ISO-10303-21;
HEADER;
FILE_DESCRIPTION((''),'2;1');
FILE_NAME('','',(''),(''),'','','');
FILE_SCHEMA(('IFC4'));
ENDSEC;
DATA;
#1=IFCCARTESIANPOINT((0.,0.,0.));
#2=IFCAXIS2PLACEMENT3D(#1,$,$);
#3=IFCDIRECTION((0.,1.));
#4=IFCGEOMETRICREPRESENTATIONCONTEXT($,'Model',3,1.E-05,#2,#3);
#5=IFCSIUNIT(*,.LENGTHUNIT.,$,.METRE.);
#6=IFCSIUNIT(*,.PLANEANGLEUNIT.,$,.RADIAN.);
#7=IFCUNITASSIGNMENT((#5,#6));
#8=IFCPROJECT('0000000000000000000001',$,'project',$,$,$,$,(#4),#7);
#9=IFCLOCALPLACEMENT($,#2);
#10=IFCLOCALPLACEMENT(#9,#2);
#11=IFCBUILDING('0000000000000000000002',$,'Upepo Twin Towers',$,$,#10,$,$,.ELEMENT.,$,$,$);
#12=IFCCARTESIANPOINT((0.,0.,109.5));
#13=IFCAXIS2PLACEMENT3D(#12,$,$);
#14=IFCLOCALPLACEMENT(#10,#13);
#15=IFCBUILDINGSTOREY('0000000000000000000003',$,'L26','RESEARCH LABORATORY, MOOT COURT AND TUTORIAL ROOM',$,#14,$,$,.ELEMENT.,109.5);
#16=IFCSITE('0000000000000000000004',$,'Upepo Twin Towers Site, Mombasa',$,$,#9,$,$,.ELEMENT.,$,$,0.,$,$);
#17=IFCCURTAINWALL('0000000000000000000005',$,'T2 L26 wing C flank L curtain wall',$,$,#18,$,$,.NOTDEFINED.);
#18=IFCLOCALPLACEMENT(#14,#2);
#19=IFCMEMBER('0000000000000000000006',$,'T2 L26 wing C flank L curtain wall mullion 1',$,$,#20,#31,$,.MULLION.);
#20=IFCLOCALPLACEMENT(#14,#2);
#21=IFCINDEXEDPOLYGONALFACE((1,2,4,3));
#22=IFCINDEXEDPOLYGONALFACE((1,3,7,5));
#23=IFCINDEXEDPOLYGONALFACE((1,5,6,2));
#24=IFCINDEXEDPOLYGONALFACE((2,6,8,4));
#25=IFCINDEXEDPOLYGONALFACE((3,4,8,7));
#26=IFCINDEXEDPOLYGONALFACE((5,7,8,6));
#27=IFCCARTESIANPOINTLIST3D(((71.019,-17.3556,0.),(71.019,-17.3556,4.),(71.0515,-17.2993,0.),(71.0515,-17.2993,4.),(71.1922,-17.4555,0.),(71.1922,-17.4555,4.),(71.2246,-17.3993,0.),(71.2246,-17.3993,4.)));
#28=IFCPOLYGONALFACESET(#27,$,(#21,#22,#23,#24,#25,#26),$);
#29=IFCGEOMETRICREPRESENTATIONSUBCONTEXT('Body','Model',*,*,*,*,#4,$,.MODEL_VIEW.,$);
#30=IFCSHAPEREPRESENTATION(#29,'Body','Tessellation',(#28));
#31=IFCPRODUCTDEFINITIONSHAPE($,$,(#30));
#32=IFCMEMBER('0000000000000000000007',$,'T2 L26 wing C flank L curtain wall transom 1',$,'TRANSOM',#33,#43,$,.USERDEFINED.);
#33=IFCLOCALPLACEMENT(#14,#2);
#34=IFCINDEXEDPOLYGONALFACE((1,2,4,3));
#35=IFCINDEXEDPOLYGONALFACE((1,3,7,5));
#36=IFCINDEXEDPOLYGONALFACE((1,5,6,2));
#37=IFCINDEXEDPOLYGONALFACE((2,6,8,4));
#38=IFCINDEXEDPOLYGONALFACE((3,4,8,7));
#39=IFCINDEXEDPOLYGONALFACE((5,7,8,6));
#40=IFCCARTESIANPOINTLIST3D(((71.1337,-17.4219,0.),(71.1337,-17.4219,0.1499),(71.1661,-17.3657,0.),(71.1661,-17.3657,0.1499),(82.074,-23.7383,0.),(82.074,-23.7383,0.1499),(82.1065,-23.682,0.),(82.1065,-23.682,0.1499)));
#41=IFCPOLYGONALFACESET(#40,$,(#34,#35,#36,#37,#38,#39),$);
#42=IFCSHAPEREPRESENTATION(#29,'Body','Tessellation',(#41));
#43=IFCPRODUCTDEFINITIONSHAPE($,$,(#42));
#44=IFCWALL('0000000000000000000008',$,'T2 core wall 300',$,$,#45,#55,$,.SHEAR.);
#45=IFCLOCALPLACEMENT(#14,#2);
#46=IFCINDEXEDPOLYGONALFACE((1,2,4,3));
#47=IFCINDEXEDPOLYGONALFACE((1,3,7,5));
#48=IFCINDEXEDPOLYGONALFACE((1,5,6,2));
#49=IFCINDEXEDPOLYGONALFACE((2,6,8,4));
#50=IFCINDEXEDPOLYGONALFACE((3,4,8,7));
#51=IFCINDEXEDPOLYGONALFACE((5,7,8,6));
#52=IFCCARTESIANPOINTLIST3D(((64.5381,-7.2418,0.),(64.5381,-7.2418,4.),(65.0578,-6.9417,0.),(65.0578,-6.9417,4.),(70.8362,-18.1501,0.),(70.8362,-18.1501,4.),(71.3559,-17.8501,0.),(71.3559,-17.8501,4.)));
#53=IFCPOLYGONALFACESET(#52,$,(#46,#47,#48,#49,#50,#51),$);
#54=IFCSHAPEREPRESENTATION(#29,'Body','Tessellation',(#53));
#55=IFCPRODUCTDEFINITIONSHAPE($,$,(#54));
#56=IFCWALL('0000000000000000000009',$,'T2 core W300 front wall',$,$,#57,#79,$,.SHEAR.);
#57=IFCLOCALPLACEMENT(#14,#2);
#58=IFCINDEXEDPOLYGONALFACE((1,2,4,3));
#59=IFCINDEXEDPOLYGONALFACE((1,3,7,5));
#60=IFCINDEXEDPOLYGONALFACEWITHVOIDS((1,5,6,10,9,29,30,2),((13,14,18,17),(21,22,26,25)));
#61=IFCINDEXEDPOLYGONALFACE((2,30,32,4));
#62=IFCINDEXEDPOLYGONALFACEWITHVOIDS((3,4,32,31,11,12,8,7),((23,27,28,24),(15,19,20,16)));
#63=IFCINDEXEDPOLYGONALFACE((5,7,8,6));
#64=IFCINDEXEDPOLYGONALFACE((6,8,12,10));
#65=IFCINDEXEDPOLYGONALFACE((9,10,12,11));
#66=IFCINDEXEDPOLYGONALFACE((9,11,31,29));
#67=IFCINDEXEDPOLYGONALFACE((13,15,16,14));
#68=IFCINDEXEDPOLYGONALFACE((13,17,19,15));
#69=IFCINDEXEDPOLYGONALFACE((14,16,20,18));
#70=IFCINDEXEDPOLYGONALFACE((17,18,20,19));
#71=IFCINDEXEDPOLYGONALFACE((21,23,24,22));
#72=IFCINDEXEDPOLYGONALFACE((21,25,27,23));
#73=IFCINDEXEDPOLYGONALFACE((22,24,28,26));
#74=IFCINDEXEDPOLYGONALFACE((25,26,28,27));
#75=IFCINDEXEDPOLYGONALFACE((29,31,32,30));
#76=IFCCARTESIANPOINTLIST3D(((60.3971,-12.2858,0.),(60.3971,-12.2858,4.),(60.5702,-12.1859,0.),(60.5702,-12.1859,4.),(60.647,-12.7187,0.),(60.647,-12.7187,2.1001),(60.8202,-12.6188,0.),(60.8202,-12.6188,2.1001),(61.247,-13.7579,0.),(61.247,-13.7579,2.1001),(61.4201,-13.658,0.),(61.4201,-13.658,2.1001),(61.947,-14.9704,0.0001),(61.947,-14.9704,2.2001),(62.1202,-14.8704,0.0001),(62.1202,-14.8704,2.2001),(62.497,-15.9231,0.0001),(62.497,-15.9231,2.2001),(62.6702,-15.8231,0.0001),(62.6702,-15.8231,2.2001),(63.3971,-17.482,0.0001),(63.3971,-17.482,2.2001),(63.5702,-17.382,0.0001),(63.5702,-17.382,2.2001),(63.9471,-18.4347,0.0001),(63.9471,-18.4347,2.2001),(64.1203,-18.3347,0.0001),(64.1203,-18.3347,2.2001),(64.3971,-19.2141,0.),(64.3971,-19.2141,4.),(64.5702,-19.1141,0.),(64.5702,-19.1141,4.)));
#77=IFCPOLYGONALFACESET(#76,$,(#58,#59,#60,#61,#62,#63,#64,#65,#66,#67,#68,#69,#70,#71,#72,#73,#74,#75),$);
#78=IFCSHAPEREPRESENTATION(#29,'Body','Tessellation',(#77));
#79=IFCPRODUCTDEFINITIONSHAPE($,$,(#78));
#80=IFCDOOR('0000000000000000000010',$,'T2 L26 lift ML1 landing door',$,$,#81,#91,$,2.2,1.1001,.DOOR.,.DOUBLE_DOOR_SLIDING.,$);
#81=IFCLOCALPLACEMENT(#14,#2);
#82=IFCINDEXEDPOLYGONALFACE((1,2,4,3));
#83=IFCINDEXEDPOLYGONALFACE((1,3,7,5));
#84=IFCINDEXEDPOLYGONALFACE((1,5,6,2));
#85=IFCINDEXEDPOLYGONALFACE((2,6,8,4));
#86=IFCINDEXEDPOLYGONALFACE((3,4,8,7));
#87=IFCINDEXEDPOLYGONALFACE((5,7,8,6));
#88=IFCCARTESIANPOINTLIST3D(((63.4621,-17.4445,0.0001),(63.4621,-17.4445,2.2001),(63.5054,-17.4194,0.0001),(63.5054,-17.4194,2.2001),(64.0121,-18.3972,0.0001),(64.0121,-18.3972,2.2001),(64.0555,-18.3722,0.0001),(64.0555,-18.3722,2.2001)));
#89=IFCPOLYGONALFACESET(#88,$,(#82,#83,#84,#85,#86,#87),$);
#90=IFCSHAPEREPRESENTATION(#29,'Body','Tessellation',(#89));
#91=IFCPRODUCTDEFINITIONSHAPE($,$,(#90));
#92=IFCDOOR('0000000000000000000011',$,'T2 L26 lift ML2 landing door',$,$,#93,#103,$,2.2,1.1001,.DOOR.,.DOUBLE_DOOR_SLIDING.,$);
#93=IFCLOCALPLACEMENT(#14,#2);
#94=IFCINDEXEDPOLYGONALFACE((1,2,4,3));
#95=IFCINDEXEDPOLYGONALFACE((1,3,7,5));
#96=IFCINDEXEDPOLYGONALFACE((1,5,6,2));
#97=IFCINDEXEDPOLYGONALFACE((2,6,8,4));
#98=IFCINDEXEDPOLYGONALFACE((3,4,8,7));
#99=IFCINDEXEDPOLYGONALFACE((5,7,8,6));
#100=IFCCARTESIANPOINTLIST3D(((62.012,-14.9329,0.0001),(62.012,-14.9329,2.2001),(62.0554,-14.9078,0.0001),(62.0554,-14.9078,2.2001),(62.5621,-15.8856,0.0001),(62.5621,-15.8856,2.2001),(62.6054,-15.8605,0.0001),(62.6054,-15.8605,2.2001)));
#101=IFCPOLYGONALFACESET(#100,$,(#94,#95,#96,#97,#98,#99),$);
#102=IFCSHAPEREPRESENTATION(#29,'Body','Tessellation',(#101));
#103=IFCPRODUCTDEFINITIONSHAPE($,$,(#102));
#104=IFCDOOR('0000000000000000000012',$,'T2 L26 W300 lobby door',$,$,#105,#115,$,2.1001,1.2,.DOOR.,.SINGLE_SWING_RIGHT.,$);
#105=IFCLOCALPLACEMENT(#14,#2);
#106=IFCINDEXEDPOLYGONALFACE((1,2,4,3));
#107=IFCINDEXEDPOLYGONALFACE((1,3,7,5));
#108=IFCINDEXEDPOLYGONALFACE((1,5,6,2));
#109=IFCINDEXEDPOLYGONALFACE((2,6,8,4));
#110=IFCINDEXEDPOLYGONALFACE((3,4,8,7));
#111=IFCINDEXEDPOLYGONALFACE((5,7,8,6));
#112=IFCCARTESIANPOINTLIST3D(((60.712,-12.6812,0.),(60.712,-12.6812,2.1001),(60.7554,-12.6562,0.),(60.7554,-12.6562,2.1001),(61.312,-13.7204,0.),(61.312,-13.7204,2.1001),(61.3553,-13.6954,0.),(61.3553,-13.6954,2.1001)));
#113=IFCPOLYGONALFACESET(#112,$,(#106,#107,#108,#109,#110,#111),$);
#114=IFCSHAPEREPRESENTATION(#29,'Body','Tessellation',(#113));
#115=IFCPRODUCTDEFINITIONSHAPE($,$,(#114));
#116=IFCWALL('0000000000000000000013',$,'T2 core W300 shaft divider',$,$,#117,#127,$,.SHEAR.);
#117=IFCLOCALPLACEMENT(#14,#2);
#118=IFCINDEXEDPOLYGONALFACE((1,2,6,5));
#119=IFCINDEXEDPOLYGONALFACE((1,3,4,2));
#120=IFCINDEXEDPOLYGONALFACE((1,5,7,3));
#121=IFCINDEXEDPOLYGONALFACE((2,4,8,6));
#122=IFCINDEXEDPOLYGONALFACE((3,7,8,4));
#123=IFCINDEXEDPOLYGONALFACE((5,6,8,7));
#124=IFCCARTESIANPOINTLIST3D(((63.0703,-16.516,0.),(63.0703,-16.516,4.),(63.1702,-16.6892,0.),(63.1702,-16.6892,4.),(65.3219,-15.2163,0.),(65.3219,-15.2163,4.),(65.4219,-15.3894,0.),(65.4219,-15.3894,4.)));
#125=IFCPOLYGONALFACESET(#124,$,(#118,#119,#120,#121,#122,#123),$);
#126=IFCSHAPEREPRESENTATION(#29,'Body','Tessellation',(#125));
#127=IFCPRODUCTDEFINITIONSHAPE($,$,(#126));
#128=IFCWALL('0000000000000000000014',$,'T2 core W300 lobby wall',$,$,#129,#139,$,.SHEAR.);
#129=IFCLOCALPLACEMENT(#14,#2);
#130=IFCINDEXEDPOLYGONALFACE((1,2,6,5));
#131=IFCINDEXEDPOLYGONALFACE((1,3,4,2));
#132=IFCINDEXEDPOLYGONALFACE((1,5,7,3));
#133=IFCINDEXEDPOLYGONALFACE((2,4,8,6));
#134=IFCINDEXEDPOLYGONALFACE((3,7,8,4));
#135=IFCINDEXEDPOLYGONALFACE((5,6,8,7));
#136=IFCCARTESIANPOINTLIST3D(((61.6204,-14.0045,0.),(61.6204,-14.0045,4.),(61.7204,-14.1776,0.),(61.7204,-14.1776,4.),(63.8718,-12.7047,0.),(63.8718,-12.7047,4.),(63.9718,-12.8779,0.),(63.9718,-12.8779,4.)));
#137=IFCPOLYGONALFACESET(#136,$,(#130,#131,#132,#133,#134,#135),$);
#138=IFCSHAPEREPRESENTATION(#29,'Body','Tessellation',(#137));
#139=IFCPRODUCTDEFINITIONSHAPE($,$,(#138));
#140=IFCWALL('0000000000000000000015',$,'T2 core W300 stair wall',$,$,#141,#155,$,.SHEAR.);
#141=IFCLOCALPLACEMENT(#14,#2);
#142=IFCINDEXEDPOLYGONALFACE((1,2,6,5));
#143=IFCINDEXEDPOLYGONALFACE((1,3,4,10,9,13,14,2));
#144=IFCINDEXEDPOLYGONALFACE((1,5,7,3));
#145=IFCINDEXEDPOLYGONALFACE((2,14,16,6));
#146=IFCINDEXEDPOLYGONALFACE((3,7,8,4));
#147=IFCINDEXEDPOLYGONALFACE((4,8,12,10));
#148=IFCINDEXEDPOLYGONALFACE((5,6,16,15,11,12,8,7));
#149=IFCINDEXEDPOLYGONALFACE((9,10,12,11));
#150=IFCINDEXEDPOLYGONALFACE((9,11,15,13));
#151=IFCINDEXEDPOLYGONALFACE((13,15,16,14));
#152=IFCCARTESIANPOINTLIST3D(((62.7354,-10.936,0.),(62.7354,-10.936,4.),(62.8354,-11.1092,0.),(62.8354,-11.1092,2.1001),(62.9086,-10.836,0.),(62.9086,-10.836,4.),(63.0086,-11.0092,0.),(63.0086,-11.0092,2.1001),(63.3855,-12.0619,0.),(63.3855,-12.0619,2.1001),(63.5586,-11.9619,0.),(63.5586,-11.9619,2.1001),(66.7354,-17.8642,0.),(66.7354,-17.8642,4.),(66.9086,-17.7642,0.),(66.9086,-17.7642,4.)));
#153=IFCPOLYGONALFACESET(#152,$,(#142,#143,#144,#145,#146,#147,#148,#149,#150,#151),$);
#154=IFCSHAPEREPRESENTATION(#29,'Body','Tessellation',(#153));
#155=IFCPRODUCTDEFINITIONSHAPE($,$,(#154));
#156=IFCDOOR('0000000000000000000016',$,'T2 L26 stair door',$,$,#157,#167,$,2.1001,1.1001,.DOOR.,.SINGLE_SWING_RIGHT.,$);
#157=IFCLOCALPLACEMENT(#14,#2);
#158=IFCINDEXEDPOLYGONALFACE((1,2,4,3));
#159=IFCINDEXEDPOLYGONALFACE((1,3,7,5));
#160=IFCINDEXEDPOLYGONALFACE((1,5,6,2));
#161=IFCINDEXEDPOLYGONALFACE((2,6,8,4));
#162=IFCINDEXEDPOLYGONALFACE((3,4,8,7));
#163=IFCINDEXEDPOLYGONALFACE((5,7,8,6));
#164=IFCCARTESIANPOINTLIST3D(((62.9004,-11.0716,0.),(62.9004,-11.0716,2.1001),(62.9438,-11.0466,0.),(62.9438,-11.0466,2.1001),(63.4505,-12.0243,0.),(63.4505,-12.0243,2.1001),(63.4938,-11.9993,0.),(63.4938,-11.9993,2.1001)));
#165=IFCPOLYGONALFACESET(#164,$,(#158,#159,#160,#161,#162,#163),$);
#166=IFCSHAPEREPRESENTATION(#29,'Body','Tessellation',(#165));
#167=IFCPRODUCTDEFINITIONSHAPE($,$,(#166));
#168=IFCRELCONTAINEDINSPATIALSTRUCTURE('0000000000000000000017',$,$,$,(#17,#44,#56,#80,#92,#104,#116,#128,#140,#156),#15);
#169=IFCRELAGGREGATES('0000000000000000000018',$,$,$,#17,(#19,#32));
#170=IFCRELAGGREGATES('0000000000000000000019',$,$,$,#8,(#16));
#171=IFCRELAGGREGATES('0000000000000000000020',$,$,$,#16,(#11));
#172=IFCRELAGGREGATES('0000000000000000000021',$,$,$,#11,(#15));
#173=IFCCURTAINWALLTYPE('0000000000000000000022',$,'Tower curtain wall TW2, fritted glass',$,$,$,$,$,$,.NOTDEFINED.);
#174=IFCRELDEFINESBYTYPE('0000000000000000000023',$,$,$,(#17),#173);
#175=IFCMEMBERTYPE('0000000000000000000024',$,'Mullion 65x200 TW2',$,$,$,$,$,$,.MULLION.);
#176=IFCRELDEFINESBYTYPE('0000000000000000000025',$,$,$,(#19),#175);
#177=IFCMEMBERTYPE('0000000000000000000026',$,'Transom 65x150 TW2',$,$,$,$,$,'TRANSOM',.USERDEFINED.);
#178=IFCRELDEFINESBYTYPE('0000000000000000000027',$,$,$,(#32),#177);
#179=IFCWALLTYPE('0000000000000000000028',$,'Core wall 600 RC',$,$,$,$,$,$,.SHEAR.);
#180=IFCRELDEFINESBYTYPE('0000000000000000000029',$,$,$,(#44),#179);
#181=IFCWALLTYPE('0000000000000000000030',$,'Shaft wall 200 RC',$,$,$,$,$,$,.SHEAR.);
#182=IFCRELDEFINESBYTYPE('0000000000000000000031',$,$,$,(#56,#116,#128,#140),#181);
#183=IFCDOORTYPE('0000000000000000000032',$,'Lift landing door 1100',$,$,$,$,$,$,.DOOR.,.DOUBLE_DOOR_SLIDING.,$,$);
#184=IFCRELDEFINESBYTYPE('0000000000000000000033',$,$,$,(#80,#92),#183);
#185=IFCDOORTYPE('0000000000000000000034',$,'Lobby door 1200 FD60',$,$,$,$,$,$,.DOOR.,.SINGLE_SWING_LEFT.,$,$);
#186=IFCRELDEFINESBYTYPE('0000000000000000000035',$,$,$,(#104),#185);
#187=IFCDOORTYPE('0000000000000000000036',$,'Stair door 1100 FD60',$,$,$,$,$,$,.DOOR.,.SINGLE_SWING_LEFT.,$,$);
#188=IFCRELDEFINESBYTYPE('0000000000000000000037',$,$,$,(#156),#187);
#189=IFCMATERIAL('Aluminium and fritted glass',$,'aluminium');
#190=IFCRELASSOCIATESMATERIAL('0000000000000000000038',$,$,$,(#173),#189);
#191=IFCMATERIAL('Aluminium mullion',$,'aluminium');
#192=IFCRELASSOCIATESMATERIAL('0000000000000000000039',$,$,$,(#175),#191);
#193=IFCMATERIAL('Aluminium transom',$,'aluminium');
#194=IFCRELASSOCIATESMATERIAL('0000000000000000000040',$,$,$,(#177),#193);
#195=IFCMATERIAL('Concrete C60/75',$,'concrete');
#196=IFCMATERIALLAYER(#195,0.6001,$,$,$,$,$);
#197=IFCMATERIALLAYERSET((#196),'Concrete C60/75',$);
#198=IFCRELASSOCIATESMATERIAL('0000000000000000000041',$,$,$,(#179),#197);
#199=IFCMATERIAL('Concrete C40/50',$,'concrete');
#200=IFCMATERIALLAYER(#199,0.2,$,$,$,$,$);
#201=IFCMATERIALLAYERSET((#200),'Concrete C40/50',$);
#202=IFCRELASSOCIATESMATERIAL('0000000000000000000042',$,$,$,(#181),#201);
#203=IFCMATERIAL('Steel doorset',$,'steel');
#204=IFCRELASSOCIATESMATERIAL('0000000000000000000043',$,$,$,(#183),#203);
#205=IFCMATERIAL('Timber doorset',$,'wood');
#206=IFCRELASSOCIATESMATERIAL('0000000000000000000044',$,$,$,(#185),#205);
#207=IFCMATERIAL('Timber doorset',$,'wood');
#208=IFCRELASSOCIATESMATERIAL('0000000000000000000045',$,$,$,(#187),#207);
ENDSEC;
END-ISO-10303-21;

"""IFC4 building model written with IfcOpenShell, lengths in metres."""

from ifc_helpers import new_model, si_unit, direction, frame, frame_2d, origin, origin_2d, place, context, subcontext, project, spatial, rectangle, extrude, material, layer, layer_set, material_profile, profile_set, type_object, element, fill, aggregate, save


model = new_model("IFC4")

# Units and contexts
model_context = context("Model", 3, precision=1e-05, world=origin(), true_north=direction((0.0, 1.0)))
body_context = subcontext(model_context, "Body", "Model", "MODEL_VIEW")
ifc_project = project(units=[si_unit("LENGTHUNIT", "METRE"), si_unit("PLANEANGLEUNIT", "RADIAN")], contexts=[model_context])

# Site, building, storey
site_placement = place(None, origin())
site = spatial("IfcSite", under=ifc_project, at=site_placement, Name="Upepo Twin Towers Site, Mombasa", CompositionType="ELEMENT", RefElevation=0.0)
building_placement = place(site_placement, origin())
building = spatial("IfcBuilding", under=site, at=building_placement, Name="Upepo Twin Towers", CompositionType="ELEMENT")
storey_placement = place(building_placement, frame((0.0, 0.0, 109.5)))
storey = spatial("IfcBuildingStorey", under=building, at=storey_placement, Name="L26", Description="RESEARCH LABORATORY, MOOT COURT AND TUTORIAL ROOM", CompositionType="ELEMENT", Elevation=109.5)

# Curtain wall, members
ifc_material_1 = material(Name="Aluminium and fritted glass", Category="aluminium")
curtain_wall_type = type_object("IfcCurtainWallType", Name="Tower curtain wall TW2, fritted glass", PredefinedType="NOTDEFINED", material=ifc_material_1)
curtain_wall_placement = place(storey_placement, origin())
curtain_wall = element("IfcCurtainWall", 1, at=curtain_wall_placement, inside=storey, type_object=curtain_wall_type, Name="T2 L26 wing C flank L curtain wall", PredefinedType="NOTDEFINED")
ifc_material_2 = material(Name="Aluminium mullion", Category="aluminium")
ifc_material_profile_1 = material_profile(ifc_material_2, rectangle(XDim=0.0649, YDim=0.2, at=origin_2d()), Name="MULLION 65x200")
ifc_profile_set_1 = profile_set([ifc_material_profile_1], Name="Aluminium mullion")
member_type_1 = type_object("IfcMemberType", Name="Mullion 65x200 TW2", PredefinedType="MULLION", material=ifc_profile_set_1)
member_1_placement = place(storey_placement, frame((71.1218, -17.3774, 0.0), z_axis=(0.0, 0.0, 1.0), x_axis=(0.5, 0.866025, 0.0)))
member_1 = element("IfcMember", 2, at=member_1_placement, type_object=member_type_1, Name="T2 L26 wing C flank L curtain wall mullion 1", PredefinedType="MULLION", context=body_context, shape_type="SweptSolid", body=[
    extrude(rectangle(XDim=0.0649, YDim=0.2, at=origin_2d()), origin(), (0.0, 0.0, 1.0), 4.0),
])
ifc_material_3 = material(Name="Aluminium transom", Category="aluminium")
ifc_material_profile_2 = material_profile(ifc_material_3, rectangle(XDim=0.0649, YDim=0.1499, at=origin_2d()), Name="TRANSOM 65x150")
ifc_profile_set_2 = profile_set([ifc_material_profile_2], Name="Aluminium transom")
member_type_2 = type_object("IfcMemberType", Name="Transom 65x150 TW2", ElementType="TRANSOM", PredefinedType="USERDEFINED", material=ifc_profile_set_2)
member_2_placement = place(storey_placement, frame((71.1499, -17.3938, 0.075), z_axis=(0.866027, -0.499997, 0.0), x_axis=(0.499997, 0.866027, 0.0)))
member_2 = element("IfcMember", 3, at=member_2_placement, type_object=member_type_2, Name="T2 L26 wing C flank L curtain wall transom 1", ObjectType="TRANSOM", PredefinedType="USERDEFINED", context=body_context, shape_type="SweptSolid", body=[
    extrude(rectangle(XDim=0.0649, YDim=0.1499, at=origin_2d()), origin(), (0.0, 0.0, 1.0), 12.6328),
])
aggregate(curtain_wall, [member_1, member_2])

# Wall
ifc_material_4 = material(Name="Concrete C60/75", Category="concrete")
ifc_layer_1 = layer(ifc_material_4, 0.6001)
ifc_layer_set_1 = layer_set([ifc_layer_1], Name="Concrete C60/75")
wall_type_1 = type_object("IfcWallType", Name="Core wall 600 RC", PredefinedType="SHEAR", material=ifc_layer_set_1)
wall_1_placement = place(storey_placement, frame((71.0959, -18.0, 0.0), z_axis=(0.0, 0.0, 1.0), x_axis=(-0.500006, 0.866022, 0.0)))
element("IfcWall", 4, at=wall_1_placement, inside=storey, type_object=wall_type_1, Name="T2 core wall 300", PredefinedType="SHEAR", context=body_context, shape_type="SweptSolid", body=[
    extrude(rectangle(XDim=12.5959, YDim=0.6001, at=frame_2d((6.2979, 0.0))), origin(), (0.0, 0.0, 1.0), 4.0),
])

# Wall, openings, doors
ifc_material_5 = material(Name="Concrete C40/50", Category="concrete")
ifc_layer_2 = layer(ifc_material_5, 0.2)
ifc_layer_set_2 = layer_set([ifc_layer_2], Name="Concrete C40/50")
wall_type_2 = type_object("IfcWallType", Name="Shaft wall 200 RC", PredefinedType="SHEAR", material=ifc_layer_set_2)
wall_2_placement = place(storey_placement, frame((64.4836, -19.1641, 0.0), z_axis=(0.0, 0.0, 1.0), x_axis=(-0.499999, 0.866026, 0.0)))
wall_2 = element("IfcWall", 5, at=wall_2_placement, inside=storey, type_object=wall_type_2, Name="T2 core W300 front wall", PredefinedType="SHEAR", context=body_context, shape_type="SweptSolid", body=[
    extrude(rectangle(XDim=8.0, YDim=0.2, at=frame_2d((4.0, 0.0))), origin(), (0.0, 0.0, 1.0), 4.0),
])
opening_1_placement = place(wall_2_placement, frame((6.3, 0.0, 0.0)))
opening_1 = element("IfcOpeningElement", 6, at=opening_1_placement, cuts=wall_2, PredefinedType="OPENING", context=body_context, shape_type="SweptSolid", body=[
    extrude(rectangle(XDim=1.2, YDim=2.1001, at=frame_2d((0.6001, 1.05))), frame((0.0, 0.1099, 0.0), z_axis=(0.0, -1.0, 0.0), x_axis=(1.0, 0.0, 0.0)), (0.0, 0.0, 1.0), 0.22),
])
opening_2_placement = place(wall_2_placement, frame((0.8999, 0.0, 0.0)))
opening_2 = element("IfcOpeningElement", 7, at=opening_2_placement, cuts=wall_2, PredefinedType="OPENING", context=body_context, shape_type="SweptSolid", body=[
    extrude(rectangle(XDim=1.1001, YDim=2.2, at=frame_2d((0.55, 1.1001))), frame((0.0, 0.1099, 0.0), z_axis=(0.0, -1.0, 0.0), x_axis=(1.0, 0.0, 0.0)), (0.0, 0.0, 1.0), 0.22),
])
opening_3_placement = place(wall_2_placement, frame((3.8, 0.0, 0.0)))
opening_3 = element("IfcOpeningElement", 8, at=opening_3_placement, cuts=wall_2, PredefinedType="OPENING", context=body_context, shape_type="SweptSolid", body=[
    extrude(rectangle(XDim=1.1001, YDim=2.2, at=frame_2d((0.55, 1.1001))), frame((0.0, 0.1099, 0.0), z_axis=(0.0, -1.0, 0.0), x_axis=(1.0, 0.0, 0.0)), (0.0, 0.0, 1.0), 0.22),
])
ifc_material_6 = material(Name="Steel doorset", Category="steel")
door_type_1 = type_object("IfcDoorType", Name="Lift landing door 1100", OperationType="DOUBLE_DOOR_SLIDING", PredefinedType="DOOR", material=ifc_material_6)
door_1_placement = place(opening_2_placement, origin())
door_1 = element("IfcDoor", 9, at=door_1_placement, inside=storey, type_object=door_type_1, Name="T2 L26 lift ML1 landing door", OperationType="DOUBLE_DOOR_SLIDING", OverallHeight=2.2, OverallWidth=1.1001, PredefinedType="DOOR", context=body_context, shape_type="SweptSolid", body=[
    extrude(rectangle(XDim=1.1001, YDim=2.2, at=frame_2d((0.55, 1.1001))), frame((0.0, 0.0249, 0.0), z_axis=(0.0, -1.0, 0.0), x_axis=(1.0, 0.0, 0.0)), (0.0, 0.0, 1.0), 0.05),
])
fill(opening_2, door_1)
door_2_placement = place(opening_3_placement, origin())
door_2 = element("IfcDoor", 10, at=door_2_placement, inside=storey, type_object=door_type_1, Name="T2 L26 lift ML2 landing door", OperationType="DOUBLE_DOOR_SLIDING", OverallHeight=2.2, OverallWidth=1.1001, PredefinedType="DOOR", context=body_context, shape_type="SweptSolid", body=[
    extrude(rectangle(XDim=1.1001, YDim=2.2, at=frame_2d((0.55, 1.1001))), frame((0.0, 0.0249, 0.0), z_axis=(0.0, -1.0, 0.0), x_axis=(1.0, 0.0, 0.0)), (0.0, 0.0, 1.0), 0.05),
])
fill(opening_3, door_2)
ifc_material_7 = material(Name="Timber doorset", Category="wood")
door_type_2 = type_object("IfcDoorType", Name="Lobby door 1200 FD60", OperationType="SINGLE_SWING_LEFT", PredefinedType="DOOR", material=ifc_material_7)
door_3_placement = place(opening_1_placement, origin())
door_3 = element("IfcDoor", 11, at=door_3_placement, inside=storey, type_object=door_type_2, Name="T2 L26 W300 lobby door", OperationType="SINGLE_SWING_RIGHT", OverallHeight=2.1001, OverallWidth=1.2, PredefinedType="DOOR", context=body_context, shape_type="SweptSolid", body=[
    extrude(rectangle(XDim=1.2, YDim=2.1001, at=frame_2d((0.6001, 1.05))), frame((0.0, 0.0249, 0.0), z_axis=(0.0, -1.0, 0.0), x_axis=(1.0, 0.0, 0.0)), (0.0, 0.0, 1.0), 0.05),
])
fill(opening_1, door_3)

# Walls
wall_3_placement = place(storey_placement, frame((63.1204, -16.6025, 0.0), z_axis=(0.0, 0.0, 1.0), x_axis=(0.866062, 0.499937, 0.0)))
element("IfcWall", 12, at=wall_3_placement, inside=storey, type_object=wall_type_2, Name="T2 core W300 shaft divider", PredefinedType="SHEAR", context=body_context, shape_type="SweptSolid", body=[
    extrude(rectangle(XDim=2.5999, YDim=0.2, at=frame_2d((1.2998, 0.0))), origin(), (0.0, 0.0, 1.0), 4.0),
])
wall_4_placement = place(storey_placement, frame((61.6704, -14.0911, 0.0), z_axis=(0.0, 0.0, 1.0), x_axis=(0.866039, 0.499977, 0.0)))
element("IfcWall", 13, at=wall_4_placement, inside=storey, type_object=wall_type_2, Name="T2 core W300 lobby wall", PredefinedType="SHEAR", context=body_context, shape_type="SweptSolid", body=[
    extrude(rectangle(XDim=2.5996, YDim=0.2, at=frame_2d((1.2998, 0.0))), origin(), (0.0, 0.0, 1.0), 4.0),
])

# Wall, opening, door
wall_5_placement = place(storey_placement, frame((66.822, -17.8142, 0.0), z_axis=(0.0, 0.0, 1.0), x_axis=(-0.499999, 0.866026, 0.0)))
wall_5 = element("IfcWall", 14, at=wall_5_placement, inside=storey, type_object=wall_type_2, Name="T2 core W300 stair wall", PredefinedType="SHEAR", context=body_context, shape_type="SweptSolid", body=[
    extrude(rectangle(XDim=8.0, YDim=0.2, at=frame_2d((4.0, 0.0))), origin(), (0.0, 0.0, 1.0), 4.0),
])
opening_4_placement = place(wall_5_placement, frame((6.7, 0.0, 0.0)))
opening_4 = element("IfcOpeningElement", 15, at=opening_4_placement, cuts=wall_5, PredefinedType="OPENING", context=body_context, shape_type="SweptSolid", body=[
    extrude(rectangle(XDim=1.1001, YDim=2.1001, at=frame_2d((0.55, 1.05))), frame((0.0, 0.1099, 0.0), z_axis=(0.0, -1.0, 0.0), x_axis=(1.0, 0.0, 0.0)), (0.0, 0.0, 1.0), 0.22),
])
ifc_material_8 = material(Name="Timber doorset", Category="wood")
door_type_3 = type_object("IfcDoorType", Name="Stair door 1100 FD60", OperationType="SINGLE_SWING_LEFT", PredefinedType="DOOR", material=ifc_material_8)
door_4_placement = place(opening_4_placement, origin())
door_4 = element("IfcDoor", 16, at=door_4_placement, inside=storey, type_object=door_type_3, Name="T2 L26 stair door", OperationType="SINGLE_SWING_RIGHT", OverallHeight=2.1001, OverallWidth=1.1001, PredefinedType="DOOR", context=body_context, shape_type="SweptSolid", body=[
    extrude(rectangle(XDim=1.1001, YDim=2.1001, at=frame_2d((0.55, 1.05))), frame((0.0, 0.0249, 0.0), z_axis=(0.0, -1.0, 0.0), x_axis=(1.0, 0.0, 0.0)), (0.0, 0.0, 1.0), 0.05),
])
fill(opening_4, door_4)

save(model, "model.ifc")
